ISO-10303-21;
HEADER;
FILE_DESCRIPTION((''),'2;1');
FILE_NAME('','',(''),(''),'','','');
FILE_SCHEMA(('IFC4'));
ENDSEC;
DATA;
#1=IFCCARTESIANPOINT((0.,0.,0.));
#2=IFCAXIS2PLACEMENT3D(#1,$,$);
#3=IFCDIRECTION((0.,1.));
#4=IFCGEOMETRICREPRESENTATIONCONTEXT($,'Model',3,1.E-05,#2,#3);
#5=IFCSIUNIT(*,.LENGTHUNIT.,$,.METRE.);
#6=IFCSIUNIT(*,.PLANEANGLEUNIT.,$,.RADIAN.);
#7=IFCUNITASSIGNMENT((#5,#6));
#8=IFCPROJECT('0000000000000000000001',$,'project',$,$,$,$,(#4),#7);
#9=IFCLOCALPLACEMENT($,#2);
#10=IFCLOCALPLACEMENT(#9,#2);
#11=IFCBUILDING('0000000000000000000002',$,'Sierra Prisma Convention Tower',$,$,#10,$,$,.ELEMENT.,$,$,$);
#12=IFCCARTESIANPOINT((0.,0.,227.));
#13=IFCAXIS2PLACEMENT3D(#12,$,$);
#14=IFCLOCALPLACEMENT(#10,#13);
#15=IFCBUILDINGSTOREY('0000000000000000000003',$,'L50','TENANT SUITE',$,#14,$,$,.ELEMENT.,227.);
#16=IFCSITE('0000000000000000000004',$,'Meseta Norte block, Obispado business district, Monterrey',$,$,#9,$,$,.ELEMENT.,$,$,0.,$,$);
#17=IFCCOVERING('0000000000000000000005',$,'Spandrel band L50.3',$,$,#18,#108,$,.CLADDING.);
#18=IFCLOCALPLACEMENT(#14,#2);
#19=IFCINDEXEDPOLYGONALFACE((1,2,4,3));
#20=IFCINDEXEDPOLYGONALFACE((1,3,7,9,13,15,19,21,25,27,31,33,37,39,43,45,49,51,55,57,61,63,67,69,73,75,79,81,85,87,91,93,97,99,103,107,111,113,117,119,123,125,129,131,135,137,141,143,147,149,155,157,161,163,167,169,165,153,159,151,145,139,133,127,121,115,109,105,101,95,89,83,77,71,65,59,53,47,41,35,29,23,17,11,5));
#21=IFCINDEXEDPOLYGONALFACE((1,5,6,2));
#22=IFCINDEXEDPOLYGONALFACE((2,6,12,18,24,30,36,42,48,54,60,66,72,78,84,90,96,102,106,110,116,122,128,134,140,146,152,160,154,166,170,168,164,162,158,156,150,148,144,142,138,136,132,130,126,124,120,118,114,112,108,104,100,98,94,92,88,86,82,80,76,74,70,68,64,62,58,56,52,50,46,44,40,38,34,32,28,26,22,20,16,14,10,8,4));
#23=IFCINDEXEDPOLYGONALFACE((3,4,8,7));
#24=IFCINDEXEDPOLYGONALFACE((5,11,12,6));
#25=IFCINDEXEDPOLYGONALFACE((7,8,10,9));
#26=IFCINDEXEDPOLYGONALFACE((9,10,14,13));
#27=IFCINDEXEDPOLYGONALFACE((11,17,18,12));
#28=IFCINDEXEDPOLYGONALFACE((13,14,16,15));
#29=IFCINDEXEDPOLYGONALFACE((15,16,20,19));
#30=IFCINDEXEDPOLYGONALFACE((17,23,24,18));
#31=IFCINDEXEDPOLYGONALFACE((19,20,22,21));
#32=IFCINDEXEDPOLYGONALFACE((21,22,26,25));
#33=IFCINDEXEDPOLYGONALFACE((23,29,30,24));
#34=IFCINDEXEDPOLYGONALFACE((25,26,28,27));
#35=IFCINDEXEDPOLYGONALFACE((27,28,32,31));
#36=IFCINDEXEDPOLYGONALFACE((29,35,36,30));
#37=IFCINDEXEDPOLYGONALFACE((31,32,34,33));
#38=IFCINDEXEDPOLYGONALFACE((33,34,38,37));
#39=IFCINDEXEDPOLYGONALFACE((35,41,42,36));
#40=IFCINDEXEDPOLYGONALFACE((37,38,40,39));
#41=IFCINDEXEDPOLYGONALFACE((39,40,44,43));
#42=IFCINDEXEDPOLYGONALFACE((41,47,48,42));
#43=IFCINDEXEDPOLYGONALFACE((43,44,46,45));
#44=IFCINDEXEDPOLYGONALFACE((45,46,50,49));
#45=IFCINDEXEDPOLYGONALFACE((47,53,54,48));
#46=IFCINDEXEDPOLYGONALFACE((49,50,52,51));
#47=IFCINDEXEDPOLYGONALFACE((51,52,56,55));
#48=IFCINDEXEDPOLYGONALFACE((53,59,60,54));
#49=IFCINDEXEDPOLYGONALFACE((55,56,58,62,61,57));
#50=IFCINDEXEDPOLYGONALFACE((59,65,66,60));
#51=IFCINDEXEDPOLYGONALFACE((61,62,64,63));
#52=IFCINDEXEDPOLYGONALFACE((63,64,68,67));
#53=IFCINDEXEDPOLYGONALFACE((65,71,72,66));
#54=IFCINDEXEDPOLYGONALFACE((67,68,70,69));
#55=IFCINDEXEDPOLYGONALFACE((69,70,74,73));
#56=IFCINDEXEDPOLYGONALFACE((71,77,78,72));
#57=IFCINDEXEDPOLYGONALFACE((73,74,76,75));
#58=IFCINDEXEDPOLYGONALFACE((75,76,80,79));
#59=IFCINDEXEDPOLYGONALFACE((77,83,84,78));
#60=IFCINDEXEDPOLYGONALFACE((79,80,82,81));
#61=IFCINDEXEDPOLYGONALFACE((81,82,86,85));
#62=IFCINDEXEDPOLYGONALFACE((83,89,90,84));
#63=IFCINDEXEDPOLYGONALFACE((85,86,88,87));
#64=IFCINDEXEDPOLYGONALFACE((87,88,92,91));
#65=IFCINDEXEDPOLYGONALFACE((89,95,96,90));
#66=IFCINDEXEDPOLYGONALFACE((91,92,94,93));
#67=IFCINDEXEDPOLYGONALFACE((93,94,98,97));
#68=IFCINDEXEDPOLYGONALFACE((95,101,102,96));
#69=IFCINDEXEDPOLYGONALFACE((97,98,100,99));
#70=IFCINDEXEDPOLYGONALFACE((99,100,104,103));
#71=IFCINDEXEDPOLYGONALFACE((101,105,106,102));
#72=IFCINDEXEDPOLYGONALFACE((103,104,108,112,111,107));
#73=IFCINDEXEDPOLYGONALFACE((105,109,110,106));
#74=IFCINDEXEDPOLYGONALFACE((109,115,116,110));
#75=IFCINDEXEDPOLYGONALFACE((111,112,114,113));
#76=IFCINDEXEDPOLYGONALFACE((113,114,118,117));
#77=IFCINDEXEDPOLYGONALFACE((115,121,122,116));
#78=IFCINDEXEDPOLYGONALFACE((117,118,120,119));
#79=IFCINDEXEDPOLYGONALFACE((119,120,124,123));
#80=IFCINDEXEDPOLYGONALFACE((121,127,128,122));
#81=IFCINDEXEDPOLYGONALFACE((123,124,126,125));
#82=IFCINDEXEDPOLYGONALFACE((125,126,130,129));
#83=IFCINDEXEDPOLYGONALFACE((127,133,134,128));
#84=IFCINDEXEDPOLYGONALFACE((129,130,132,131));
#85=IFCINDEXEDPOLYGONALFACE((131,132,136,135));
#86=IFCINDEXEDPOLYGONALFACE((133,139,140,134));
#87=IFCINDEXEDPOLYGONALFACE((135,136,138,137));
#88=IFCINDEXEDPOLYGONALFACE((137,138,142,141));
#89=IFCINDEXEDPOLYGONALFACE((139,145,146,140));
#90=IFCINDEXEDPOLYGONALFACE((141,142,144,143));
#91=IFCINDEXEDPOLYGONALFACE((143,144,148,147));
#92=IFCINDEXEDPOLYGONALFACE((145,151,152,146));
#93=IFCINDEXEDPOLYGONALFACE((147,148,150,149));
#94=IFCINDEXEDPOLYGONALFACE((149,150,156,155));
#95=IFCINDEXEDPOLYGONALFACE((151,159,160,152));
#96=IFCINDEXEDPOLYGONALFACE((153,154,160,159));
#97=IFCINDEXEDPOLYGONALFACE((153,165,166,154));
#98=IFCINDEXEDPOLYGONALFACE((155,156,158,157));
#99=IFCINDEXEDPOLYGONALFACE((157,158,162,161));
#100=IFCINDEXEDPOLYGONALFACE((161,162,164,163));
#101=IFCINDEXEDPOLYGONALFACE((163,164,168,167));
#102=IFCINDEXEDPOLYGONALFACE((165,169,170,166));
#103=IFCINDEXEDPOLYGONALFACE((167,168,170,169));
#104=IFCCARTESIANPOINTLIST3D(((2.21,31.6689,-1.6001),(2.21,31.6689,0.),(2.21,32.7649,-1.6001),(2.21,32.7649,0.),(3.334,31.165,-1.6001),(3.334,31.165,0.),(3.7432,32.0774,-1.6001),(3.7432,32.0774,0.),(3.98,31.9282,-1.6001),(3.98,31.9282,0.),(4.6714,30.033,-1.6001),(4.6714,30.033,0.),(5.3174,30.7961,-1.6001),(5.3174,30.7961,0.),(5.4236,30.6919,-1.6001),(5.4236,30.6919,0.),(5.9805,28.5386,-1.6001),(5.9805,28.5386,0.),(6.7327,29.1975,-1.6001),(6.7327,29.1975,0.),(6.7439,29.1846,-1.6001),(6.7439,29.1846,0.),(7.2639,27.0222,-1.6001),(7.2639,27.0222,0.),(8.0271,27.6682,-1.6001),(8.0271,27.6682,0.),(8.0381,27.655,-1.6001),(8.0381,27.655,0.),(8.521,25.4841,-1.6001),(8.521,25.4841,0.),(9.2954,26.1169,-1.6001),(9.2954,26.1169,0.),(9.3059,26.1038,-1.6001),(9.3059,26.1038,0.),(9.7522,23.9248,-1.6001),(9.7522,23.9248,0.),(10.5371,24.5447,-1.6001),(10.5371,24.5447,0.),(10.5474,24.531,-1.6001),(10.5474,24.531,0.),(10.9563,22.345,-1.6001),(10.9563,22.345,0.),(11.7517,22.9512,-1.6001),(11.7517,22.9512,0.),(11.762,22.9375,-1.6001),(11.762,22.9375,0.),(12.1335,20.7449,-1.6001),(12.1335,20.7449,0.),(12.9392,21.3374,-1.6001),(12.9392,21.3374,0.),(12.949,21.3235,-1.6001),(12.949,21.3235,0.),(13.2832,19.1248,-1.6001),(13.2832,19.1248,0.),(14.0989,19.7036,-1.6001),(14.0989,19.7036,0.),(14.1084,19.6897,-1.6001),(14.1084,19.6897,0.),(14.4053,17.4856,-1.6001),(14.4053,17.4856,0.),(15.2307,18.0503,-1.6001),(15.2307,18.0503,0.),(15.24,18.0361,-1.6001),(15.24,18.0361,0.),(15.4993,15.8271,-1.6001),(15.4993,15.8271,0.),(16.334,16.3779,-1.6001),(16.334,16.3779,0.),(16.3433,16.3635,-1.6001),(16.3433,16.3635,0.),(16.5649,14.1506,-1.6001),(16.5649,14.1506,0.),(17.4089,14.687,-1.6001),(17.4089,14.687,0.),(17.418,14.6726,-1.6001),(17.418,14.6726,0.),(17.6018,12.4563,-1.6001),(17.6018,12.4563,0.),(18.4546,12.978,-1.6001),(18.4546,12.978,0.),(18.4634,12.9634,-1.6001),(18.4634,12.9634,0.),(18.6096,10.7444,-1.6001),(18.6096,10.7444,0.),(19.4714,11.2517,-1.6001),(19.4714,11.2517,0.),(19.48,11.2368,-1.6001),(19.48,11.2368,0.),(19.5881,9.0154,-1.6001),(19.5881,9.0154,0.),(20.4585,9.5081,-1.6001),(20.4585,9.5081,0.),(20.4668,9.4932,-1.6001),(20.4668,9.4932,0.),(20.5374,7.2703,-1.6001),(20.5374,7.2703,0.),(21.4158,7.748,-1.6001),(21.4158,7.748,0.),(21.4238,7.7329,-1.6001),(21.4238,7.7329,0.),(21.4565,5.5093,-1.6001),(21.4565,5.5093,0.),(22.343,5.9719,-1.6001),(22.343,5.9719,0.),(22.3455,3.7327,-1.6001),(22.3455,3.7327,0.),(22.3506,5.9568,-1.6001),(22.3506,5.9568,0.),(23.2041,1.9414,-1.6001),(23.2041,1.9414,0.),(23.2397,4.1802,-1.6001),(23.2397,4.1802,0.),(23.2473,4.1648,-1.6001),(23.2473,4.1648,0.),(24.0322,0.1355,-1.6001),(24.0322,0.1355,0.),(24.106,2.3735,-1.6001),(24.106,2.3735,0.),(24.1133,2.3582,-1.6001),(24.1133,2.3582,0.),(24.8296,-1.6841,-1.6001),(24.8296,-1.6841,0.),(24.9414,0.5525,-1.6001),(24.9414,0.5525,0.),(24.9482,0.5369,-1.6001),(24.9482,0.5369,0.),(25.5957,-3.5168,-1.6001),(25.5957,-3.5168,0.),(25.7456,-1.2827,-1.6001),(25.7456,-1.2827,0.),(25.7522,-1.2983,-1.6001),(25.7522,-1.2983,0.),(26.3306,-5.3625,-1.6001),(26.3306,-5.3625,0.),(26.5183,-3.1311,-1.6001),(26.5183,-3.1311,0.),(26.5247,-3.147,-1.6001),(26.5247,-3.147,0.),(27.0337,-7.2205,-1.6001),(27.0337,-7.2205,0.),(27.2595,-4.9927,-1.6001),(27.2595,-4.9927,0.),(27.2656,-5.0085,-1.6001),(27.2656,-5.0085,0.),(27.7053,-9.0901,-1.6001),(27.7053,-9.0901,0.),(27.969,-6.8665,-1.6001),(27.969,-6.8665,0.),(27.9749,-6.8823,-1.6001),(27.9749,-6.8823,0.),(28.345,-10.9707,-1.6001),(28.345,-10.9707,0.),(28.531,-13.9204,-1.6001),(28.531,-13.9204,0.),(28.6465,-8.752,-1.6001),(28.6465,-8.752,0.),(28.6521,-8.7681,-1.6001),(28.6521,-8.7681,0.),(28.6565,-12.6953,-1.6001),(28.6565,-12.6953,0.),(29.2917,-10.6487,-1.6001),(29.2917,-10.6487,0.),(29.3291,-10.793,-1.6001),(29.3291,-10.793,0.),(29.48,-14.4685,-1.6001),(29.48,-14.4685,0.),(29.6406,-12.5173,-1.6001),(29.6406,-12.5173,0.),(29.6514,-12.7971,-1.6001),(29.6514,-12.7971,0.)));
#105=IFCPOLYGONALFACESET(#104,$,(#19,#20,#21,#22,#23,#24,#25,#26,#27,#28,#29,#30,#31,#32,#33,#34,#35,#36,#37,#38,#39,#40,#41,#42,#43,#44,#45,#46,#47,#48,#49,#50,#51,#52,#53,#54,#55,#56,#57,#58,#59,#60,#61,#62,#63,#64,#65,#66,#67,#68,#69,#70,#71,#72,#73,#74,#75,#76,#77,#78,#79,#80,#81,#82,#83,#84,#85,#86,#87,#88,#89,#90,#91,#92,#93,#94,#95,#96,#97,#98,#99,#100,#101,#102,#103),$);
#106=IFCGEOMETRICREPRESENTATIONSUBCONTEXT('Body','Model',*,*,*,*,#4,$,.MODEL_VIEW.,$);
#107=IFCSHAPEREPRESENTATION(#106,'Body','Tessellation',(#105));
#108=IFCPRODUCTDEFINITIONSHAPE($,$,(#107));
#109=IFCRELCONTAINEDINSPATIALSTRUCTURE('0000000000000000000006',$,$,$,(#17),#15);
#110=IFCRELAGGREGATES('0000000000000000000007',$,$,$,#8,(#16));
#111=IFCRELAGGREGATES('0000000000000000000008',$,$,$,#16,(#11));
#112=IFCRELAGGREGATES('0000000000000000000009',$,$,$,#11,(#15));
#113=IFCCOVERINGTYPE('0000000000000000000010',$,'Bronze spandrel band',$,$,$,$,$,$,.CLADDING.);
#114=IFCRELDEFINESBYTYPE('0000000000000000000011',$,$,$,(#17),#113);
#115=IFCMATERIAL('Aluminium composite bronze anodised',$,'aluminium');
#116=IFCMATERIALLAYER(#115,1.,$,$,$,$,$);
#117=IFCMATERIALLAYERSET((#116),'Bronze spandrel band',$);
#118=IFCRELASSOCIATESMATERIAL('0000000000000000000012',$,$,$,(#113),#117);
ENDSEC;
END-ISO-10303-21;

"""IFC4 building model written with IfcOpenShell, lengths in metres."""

from ifc_helpers import new_model, si_unit, direction, frame, origin, place, context, subcontext, project, spatial, polyline, outline, extrude, material, layer, layer_set, type_object, element, save


model = new_model("IFC4")

# Units and contexts
model_context = context("Model", 3, precision=1e-05, world=origin(), true_north=direction((0.0, 1.0)))
body_context = subcontext(model_context, "Body", "Model", "MODEL_VIEW")
ifc_project = project(units=[si_unit("LENGTHUNIT", "METRE"), si_unit("PLANEANGLEUNIT", "RADIAN")], contexts=[model_context])

# Site, building, storey
site_placement = place(None, origin())
site = spatial("IfcSite", under=ifc_project, at=site_placement, Name="Meseta Norte block, Obispado business district, Monterrey", CompositionType="ELEMENT", RefElevation=0.0)
building_placement = place(site_placement, origin())
building = spatial("IfcBuilding", under=site, at=building_placement, Name="Sierra Prisma Convention Tower", CompositionType="ELEMENT")
storey_placement = place(building_placement, frame((0.0, 0.0, 227.0)))
storey = spatial("IfcBuildingStorey", under=building, at=storey_placement, Name="L50", Description="TENANT SUITE", CompositionType="ELEMENT", Elevation=227.0)

# Covering
ifc_material_1 = material(Name="Aluminium composite bronze anodised", Category="aluminium")
ifc_layer_1 = layer(ifc_material_1, 1.0)
ifc_layer_set_1 = layer_set([ifc_layer_1], Name="Bronze spandrel band")
covering_type_1 = type_object("IfcCoveringType", Name="Bronze spandrel band", PredefinedType="CLADDING", material=ifc_layer_set_1)
covering_1_placement = place(storey_placement, frame((0.0, 0.0, -1.6001)))
element("IfcCovering", 1, at=covering_1_placement, inside=storey, type_object=covering_type_1, Name="Spandrel band L50.3", PredefinedType="CLADDING", context=body_context, shape_type="SweptSolid", body=[
    extrude(outline(polyline([(5.3174, 30.7961), (5.4236, 30.6919), (6.7327, 29.1975), (6.7439, 29.1846), (8.0271, 27.6682), (8.0381, 27.655), (9.2954, 26.1169), (9.3059, 26.1038), (10.5371, 24.5447), (10.5474, 24.531), (11.7517, 22.9512), (11.762, 22.9375), (12.9392, 21.3374), (12.949, 21.3235), (14.0989, 19.7036), (14.1084, 19.6897), (15.2307, 18.0503), (15.24, 18.0361), (16.334, 16.3779), (16.3433, 16.3635), (17.4089, 14.687), (17.418, 14.6726), (18.4546, 12.978), (18.4634, 12.9634), (19.4714, 11.2517), (19.48, 11.2368), (20.4585, 9.5081), (20.4668, 9.4932), (21.4158, 7.748), (21.4238, 7.7329), (22.343, 5.9719), (22.3506, 5.9568), (23.2397, 4.1802), (23.2473, 4.1648), (24.106, 2.3735), (24.1133, 2.3582), (24.9414, 0.5525), (24.9482, 0.5369), (25.7456, -1.2827), (25.7522, -1.2983), (26.5183, -3.1311), (26.5247, -3.147), (27.2595, -4.9927), (27.2656, -5.0085), (27.969, -6.8665), (27.9749, -6.8823), (28.6465, -8.752), (28.6521, -8.7681), (29.2917, -10.6487), (29.3291, -10.793), (29.6406, -12.5173), (29.6514, -12.7971), (29.48, -14.4685), (28.531, -13.9204), (28.6565, -12.6953), (28.345, -10.9707), (27.7053, -9.0901), (27.0337, -7.2205), (26.3306, -5.3625), (25.5957, -3.5168), (24.8296, -1.6841), (24.0322, 0.1355), (23.2041, 1.9414), (22.3455, 3.7327), (21.4565, 5.5093), (20.5374, 7.2703), (19.5881, 9.0154), (18.6096, 10.7444), (17.6018, 12.4563), (16.5649, 14.1506), (15.4993, 15.8271), (14.4053, 17.4856), (13.2832, 19.1248), (12.1335, 20.7449), (10.9563, 22.345), (9.7522, 23.9248), (8.521, 25.4841), (7.2639, 27.0222), (5.9805, 28.5386), (4.6714, 30.033), (3.334, 31.165), (2.21, 31.6689), (2.21, 32.7649), (3.7432, 32.0774), (3.98, 31.9282), (5.3174, 30.7961)])), origin(), (0.0, 0.0, 1.0), 1.6001),
])

save(model, "model.ifc")
